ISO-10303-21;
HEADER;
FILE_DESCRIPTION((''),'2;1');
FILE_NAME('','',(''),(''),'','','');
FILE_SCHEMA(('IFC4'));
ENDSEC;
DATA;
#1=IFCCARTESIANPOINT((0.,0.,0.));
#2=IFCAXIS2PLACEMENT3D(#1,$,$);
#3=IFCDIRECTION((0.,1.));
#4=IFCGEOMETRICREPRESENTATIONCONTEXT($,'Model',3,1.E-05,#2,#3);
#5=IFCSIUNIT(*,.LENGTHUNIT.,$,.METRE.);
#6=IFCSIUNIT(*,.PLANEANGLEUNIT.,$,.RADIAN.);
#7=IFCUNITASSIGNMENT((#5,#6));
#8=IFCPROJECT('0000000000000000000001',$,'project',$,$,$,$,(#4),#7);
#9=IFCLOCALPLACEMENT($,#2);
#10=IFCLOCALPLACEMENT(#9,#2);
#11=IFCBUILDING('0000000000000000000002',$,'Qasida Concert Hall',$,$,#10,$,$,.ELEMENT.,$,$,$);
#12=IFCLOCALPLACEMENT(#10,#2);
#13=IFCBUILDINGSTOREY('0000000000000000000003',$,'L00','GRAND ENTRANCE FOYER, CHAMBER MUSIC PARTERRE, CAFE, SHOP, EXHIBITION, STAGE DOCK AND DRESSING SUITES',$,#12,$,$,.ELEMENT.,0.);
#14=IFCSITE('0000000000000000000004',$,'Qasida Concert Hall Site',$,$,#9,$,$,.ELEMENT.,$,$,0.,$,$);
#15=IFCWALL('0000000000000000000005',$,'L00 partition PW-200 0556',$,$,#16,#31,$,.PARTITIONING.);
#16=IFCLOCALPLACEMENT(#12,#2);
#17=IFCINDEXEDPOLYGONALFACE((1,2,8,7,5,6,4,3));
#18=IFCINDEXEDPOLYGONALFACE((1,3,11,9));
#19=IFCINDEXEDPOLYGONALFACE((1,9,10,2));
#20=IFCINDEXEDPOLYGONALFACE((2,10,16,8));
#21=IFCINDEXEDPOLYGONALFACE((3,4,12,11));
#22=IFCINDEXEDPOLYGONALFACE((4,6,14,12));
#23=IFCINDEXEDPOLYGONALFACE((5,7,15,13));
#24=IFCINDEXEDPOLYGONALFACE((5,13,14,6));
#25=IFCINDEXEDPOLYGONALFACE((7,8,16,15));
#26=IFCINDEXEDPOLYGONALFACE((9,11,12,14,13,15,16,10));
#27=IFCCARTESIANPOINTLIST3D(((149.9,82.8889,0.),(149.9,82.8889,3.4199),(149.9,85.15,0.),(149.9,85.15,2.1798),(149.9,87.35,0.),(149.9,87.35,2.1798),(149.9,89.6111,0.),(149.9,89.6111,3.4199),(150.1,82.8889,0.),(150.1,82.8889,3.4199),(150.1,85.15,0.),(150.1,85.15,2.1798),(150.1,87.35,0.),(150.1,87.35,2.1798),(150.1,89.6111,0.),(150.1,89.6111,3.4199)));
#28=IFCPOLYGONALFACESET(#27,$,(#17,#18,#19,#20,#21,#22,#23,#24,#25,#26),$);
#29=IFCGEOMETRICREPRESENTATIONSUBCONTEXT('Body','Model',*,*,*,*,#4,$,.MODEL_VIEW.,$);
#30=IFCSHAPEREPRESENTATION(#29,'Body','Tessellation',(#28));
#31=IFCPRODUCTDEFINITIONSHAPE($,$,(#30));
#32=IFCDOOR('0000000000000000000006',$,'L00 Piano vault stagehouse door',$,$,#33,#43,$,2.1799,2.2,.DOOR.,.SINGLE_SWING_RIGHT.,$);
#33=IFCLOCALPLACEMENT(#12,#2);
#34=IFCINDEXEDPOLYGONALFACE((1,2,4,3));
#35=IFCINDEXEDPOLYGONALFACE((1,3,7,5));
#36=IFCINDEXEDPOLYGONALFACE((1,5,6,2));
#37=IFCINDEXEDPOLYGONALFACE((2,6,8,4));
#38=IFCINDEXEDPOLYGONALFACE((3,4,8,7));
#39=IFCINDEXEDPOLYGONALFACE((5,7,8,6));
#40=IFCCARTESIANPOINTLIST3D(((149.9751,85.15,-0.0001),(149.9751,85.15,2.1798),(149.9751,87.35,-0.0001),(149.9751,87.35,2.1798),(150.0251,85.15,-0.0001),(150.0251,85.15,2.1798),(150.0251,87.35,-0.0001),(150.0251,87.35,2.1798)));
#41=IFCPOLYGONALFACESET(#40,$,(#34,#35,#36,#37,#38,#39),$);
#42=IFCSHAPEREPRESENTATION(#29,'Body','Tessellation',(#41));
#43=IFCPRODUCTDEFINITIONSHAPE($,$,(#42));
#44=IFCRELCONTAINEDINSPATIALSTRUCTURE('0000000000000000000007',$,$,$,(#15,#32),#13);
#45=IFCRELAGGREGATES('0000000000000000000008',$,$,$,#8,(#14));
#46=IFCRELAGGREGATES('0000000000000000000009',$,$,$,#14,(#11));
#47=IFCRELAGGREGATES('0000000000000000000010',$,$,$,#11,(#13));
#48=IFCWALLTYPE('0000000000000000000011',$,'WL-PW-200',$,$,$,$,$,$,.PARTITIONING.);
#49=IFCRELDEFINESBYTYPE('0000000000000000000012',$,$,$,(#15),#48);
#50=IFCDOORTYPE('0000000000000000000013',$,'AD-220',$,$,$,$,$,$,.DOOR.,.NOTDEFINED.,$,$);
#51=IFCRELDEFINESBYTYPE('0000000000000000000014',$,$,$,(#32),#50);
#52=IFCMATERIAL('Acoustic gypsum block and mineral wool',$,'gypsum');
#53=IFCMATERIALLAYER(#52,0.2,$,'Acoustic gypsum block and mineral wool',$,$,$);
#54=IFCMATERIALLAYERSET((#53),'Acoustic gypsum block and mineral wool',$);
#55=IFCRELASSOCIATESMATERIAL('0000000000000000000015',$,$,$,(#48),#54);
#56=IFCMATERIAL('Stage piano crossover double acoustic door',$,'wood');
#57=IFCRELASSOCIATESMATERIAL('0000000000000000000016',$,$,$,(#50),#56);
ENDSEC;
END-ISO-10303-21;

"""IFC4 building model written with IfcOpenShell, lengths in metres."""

from ifc_helpers import new_model, si_unit, direction, frame, frame_2d, origin, place, context, subcontext, project, spatial, rectangle, extrude, material, layer, layer_set, type_object, element, fill, save


model = new_model("IFC4")

# Units and contexts
model_context = context("Model", 3, precision=1e-05, world=origin(), true_north=direction((0.0, 1.0)))
body_context = subcontext(model_context, "Body", "Model", "MODEL_VIEW")
ifc_project = project(units=[si_unit("LENGTHUNIT", "METRE"), si_unit("PLANEANGLEUNIT", "RADIAN")], contexts=[model_context])

# Site, building, storey
site_placement = place(None, origin())
site = spatial("IfcSite", under=ifc_project, at=site_placement, Name="Qasida Concert Hall Site", CompositionType="ELEMENT", RefElevation=0.0)
building_placement = place(site_placement, origin())
building = spatial("IfcBuilding", under=site, at=building_placement, Name="Qasida Concert Hall", CompositionType="ELEMENT")
storey_placement = place(building_placement, origin())
storey = spatial("IfcBuildingStorey", under=building, at=storey_placement, Name="L00", Description="GRAND ENTRANCE FOYER, CHAMBER MUSIC PARTERRE, CAFE, SHOP, EXHIBITION, STAGE DOCK AND DRESSING SUITES", CompositionType="ELEMENT", Elevation=0.0)

# Shared definitions
ifc_material_1 = material(Name="Acoustic gypsum block and mineral wool", Category="gypsum")
ifc_layer_1 = layer(ifc_material_1, 0.2, Name="Acoustic gypsum block and mineral wool")
ifc_layer_set_1 = layer_set([ifc_layer_1], Name="Acoustic gypsum block and mineral wool")
wall_type = type_object("IfcWallType", Name="WL-PW-200", PredefinedType="PARTITIONING", material=ifc_layer_set_1)

# Wall, opening, door
wall_placement = place(storey_placement, frame((150.0, 82.8889, 0.0), z_axis=(0.0, 0.0, 1.0), x_axis=(0.0, 1.0, 0.0)))
wall = element("IfcWall", 1, at=wall_placement, inside=storey, type_object=wall_type, Name="L00 partition PW-200 0556", PredefinedType="PARTITIONING", context=body_context, shape_type="SweptSolid", body=[
    extrude(rectangle(XDim=6.7222, YDim=0.2, at=frame_2d((3.3611, 0.0))), origin(), (0.0, 0.0, 1.0), 3.4199),
])
opening_placement = place(wall_placement, frame((2.261, 0.0, 0.0)))
opening = element("IfcOpeningElement", 2, at=opening_placement, cuts=wall, PredefinedType="OPENING", context=body_context, shape_type="SweptSolid", body=[
    extrude(rectangle(XDim=2.2, YDim=2.1799, at=frame_2d((1.1001, 1.0898))), frame((0.0, 0.1099, 0.0), z_axis=(0.0, -1.0, 0.0), x_axis=(1.0, 0.0, 0.0)), (0.0, 0.0, 1.0), 0.22),
])
ifc_material_2 = material(Name="Stage piano crossover double acoustic door", Category="wood")
door_type = type_object("IfcDoorType", Name="AD-220", OperationType="NOTDEFINED", PredefinedType="DOOR", material=ifc_material_2)
door_placement = place(opening_placement, origin())
door = element("IfcDoor", 3, at=door_placement, inside=storey, type_object=door_type, Name="L00 Piano vault stagehouse door", OperationType="SINGLE_SWING_RIGHT", OverallHeight=2.1799, OverallWidth=2.2, PredefinedType="DOOR", context=body_context, shape_type="SweptSolid", body=[
    extrude(rectangle(XDim=2.2, YDim=2.1799, at=frame_2d((1.1001, 1.0898))), frame((0.0, 0.0249, 0.0), z_axis=(0.0, -1.0, 0.0), x_axis=(1.0, 0.0, 0.0)), (0.0, 0.0, 1.0), 0.05),
])
fill(opening, door)

save(model, "model.ifc")
